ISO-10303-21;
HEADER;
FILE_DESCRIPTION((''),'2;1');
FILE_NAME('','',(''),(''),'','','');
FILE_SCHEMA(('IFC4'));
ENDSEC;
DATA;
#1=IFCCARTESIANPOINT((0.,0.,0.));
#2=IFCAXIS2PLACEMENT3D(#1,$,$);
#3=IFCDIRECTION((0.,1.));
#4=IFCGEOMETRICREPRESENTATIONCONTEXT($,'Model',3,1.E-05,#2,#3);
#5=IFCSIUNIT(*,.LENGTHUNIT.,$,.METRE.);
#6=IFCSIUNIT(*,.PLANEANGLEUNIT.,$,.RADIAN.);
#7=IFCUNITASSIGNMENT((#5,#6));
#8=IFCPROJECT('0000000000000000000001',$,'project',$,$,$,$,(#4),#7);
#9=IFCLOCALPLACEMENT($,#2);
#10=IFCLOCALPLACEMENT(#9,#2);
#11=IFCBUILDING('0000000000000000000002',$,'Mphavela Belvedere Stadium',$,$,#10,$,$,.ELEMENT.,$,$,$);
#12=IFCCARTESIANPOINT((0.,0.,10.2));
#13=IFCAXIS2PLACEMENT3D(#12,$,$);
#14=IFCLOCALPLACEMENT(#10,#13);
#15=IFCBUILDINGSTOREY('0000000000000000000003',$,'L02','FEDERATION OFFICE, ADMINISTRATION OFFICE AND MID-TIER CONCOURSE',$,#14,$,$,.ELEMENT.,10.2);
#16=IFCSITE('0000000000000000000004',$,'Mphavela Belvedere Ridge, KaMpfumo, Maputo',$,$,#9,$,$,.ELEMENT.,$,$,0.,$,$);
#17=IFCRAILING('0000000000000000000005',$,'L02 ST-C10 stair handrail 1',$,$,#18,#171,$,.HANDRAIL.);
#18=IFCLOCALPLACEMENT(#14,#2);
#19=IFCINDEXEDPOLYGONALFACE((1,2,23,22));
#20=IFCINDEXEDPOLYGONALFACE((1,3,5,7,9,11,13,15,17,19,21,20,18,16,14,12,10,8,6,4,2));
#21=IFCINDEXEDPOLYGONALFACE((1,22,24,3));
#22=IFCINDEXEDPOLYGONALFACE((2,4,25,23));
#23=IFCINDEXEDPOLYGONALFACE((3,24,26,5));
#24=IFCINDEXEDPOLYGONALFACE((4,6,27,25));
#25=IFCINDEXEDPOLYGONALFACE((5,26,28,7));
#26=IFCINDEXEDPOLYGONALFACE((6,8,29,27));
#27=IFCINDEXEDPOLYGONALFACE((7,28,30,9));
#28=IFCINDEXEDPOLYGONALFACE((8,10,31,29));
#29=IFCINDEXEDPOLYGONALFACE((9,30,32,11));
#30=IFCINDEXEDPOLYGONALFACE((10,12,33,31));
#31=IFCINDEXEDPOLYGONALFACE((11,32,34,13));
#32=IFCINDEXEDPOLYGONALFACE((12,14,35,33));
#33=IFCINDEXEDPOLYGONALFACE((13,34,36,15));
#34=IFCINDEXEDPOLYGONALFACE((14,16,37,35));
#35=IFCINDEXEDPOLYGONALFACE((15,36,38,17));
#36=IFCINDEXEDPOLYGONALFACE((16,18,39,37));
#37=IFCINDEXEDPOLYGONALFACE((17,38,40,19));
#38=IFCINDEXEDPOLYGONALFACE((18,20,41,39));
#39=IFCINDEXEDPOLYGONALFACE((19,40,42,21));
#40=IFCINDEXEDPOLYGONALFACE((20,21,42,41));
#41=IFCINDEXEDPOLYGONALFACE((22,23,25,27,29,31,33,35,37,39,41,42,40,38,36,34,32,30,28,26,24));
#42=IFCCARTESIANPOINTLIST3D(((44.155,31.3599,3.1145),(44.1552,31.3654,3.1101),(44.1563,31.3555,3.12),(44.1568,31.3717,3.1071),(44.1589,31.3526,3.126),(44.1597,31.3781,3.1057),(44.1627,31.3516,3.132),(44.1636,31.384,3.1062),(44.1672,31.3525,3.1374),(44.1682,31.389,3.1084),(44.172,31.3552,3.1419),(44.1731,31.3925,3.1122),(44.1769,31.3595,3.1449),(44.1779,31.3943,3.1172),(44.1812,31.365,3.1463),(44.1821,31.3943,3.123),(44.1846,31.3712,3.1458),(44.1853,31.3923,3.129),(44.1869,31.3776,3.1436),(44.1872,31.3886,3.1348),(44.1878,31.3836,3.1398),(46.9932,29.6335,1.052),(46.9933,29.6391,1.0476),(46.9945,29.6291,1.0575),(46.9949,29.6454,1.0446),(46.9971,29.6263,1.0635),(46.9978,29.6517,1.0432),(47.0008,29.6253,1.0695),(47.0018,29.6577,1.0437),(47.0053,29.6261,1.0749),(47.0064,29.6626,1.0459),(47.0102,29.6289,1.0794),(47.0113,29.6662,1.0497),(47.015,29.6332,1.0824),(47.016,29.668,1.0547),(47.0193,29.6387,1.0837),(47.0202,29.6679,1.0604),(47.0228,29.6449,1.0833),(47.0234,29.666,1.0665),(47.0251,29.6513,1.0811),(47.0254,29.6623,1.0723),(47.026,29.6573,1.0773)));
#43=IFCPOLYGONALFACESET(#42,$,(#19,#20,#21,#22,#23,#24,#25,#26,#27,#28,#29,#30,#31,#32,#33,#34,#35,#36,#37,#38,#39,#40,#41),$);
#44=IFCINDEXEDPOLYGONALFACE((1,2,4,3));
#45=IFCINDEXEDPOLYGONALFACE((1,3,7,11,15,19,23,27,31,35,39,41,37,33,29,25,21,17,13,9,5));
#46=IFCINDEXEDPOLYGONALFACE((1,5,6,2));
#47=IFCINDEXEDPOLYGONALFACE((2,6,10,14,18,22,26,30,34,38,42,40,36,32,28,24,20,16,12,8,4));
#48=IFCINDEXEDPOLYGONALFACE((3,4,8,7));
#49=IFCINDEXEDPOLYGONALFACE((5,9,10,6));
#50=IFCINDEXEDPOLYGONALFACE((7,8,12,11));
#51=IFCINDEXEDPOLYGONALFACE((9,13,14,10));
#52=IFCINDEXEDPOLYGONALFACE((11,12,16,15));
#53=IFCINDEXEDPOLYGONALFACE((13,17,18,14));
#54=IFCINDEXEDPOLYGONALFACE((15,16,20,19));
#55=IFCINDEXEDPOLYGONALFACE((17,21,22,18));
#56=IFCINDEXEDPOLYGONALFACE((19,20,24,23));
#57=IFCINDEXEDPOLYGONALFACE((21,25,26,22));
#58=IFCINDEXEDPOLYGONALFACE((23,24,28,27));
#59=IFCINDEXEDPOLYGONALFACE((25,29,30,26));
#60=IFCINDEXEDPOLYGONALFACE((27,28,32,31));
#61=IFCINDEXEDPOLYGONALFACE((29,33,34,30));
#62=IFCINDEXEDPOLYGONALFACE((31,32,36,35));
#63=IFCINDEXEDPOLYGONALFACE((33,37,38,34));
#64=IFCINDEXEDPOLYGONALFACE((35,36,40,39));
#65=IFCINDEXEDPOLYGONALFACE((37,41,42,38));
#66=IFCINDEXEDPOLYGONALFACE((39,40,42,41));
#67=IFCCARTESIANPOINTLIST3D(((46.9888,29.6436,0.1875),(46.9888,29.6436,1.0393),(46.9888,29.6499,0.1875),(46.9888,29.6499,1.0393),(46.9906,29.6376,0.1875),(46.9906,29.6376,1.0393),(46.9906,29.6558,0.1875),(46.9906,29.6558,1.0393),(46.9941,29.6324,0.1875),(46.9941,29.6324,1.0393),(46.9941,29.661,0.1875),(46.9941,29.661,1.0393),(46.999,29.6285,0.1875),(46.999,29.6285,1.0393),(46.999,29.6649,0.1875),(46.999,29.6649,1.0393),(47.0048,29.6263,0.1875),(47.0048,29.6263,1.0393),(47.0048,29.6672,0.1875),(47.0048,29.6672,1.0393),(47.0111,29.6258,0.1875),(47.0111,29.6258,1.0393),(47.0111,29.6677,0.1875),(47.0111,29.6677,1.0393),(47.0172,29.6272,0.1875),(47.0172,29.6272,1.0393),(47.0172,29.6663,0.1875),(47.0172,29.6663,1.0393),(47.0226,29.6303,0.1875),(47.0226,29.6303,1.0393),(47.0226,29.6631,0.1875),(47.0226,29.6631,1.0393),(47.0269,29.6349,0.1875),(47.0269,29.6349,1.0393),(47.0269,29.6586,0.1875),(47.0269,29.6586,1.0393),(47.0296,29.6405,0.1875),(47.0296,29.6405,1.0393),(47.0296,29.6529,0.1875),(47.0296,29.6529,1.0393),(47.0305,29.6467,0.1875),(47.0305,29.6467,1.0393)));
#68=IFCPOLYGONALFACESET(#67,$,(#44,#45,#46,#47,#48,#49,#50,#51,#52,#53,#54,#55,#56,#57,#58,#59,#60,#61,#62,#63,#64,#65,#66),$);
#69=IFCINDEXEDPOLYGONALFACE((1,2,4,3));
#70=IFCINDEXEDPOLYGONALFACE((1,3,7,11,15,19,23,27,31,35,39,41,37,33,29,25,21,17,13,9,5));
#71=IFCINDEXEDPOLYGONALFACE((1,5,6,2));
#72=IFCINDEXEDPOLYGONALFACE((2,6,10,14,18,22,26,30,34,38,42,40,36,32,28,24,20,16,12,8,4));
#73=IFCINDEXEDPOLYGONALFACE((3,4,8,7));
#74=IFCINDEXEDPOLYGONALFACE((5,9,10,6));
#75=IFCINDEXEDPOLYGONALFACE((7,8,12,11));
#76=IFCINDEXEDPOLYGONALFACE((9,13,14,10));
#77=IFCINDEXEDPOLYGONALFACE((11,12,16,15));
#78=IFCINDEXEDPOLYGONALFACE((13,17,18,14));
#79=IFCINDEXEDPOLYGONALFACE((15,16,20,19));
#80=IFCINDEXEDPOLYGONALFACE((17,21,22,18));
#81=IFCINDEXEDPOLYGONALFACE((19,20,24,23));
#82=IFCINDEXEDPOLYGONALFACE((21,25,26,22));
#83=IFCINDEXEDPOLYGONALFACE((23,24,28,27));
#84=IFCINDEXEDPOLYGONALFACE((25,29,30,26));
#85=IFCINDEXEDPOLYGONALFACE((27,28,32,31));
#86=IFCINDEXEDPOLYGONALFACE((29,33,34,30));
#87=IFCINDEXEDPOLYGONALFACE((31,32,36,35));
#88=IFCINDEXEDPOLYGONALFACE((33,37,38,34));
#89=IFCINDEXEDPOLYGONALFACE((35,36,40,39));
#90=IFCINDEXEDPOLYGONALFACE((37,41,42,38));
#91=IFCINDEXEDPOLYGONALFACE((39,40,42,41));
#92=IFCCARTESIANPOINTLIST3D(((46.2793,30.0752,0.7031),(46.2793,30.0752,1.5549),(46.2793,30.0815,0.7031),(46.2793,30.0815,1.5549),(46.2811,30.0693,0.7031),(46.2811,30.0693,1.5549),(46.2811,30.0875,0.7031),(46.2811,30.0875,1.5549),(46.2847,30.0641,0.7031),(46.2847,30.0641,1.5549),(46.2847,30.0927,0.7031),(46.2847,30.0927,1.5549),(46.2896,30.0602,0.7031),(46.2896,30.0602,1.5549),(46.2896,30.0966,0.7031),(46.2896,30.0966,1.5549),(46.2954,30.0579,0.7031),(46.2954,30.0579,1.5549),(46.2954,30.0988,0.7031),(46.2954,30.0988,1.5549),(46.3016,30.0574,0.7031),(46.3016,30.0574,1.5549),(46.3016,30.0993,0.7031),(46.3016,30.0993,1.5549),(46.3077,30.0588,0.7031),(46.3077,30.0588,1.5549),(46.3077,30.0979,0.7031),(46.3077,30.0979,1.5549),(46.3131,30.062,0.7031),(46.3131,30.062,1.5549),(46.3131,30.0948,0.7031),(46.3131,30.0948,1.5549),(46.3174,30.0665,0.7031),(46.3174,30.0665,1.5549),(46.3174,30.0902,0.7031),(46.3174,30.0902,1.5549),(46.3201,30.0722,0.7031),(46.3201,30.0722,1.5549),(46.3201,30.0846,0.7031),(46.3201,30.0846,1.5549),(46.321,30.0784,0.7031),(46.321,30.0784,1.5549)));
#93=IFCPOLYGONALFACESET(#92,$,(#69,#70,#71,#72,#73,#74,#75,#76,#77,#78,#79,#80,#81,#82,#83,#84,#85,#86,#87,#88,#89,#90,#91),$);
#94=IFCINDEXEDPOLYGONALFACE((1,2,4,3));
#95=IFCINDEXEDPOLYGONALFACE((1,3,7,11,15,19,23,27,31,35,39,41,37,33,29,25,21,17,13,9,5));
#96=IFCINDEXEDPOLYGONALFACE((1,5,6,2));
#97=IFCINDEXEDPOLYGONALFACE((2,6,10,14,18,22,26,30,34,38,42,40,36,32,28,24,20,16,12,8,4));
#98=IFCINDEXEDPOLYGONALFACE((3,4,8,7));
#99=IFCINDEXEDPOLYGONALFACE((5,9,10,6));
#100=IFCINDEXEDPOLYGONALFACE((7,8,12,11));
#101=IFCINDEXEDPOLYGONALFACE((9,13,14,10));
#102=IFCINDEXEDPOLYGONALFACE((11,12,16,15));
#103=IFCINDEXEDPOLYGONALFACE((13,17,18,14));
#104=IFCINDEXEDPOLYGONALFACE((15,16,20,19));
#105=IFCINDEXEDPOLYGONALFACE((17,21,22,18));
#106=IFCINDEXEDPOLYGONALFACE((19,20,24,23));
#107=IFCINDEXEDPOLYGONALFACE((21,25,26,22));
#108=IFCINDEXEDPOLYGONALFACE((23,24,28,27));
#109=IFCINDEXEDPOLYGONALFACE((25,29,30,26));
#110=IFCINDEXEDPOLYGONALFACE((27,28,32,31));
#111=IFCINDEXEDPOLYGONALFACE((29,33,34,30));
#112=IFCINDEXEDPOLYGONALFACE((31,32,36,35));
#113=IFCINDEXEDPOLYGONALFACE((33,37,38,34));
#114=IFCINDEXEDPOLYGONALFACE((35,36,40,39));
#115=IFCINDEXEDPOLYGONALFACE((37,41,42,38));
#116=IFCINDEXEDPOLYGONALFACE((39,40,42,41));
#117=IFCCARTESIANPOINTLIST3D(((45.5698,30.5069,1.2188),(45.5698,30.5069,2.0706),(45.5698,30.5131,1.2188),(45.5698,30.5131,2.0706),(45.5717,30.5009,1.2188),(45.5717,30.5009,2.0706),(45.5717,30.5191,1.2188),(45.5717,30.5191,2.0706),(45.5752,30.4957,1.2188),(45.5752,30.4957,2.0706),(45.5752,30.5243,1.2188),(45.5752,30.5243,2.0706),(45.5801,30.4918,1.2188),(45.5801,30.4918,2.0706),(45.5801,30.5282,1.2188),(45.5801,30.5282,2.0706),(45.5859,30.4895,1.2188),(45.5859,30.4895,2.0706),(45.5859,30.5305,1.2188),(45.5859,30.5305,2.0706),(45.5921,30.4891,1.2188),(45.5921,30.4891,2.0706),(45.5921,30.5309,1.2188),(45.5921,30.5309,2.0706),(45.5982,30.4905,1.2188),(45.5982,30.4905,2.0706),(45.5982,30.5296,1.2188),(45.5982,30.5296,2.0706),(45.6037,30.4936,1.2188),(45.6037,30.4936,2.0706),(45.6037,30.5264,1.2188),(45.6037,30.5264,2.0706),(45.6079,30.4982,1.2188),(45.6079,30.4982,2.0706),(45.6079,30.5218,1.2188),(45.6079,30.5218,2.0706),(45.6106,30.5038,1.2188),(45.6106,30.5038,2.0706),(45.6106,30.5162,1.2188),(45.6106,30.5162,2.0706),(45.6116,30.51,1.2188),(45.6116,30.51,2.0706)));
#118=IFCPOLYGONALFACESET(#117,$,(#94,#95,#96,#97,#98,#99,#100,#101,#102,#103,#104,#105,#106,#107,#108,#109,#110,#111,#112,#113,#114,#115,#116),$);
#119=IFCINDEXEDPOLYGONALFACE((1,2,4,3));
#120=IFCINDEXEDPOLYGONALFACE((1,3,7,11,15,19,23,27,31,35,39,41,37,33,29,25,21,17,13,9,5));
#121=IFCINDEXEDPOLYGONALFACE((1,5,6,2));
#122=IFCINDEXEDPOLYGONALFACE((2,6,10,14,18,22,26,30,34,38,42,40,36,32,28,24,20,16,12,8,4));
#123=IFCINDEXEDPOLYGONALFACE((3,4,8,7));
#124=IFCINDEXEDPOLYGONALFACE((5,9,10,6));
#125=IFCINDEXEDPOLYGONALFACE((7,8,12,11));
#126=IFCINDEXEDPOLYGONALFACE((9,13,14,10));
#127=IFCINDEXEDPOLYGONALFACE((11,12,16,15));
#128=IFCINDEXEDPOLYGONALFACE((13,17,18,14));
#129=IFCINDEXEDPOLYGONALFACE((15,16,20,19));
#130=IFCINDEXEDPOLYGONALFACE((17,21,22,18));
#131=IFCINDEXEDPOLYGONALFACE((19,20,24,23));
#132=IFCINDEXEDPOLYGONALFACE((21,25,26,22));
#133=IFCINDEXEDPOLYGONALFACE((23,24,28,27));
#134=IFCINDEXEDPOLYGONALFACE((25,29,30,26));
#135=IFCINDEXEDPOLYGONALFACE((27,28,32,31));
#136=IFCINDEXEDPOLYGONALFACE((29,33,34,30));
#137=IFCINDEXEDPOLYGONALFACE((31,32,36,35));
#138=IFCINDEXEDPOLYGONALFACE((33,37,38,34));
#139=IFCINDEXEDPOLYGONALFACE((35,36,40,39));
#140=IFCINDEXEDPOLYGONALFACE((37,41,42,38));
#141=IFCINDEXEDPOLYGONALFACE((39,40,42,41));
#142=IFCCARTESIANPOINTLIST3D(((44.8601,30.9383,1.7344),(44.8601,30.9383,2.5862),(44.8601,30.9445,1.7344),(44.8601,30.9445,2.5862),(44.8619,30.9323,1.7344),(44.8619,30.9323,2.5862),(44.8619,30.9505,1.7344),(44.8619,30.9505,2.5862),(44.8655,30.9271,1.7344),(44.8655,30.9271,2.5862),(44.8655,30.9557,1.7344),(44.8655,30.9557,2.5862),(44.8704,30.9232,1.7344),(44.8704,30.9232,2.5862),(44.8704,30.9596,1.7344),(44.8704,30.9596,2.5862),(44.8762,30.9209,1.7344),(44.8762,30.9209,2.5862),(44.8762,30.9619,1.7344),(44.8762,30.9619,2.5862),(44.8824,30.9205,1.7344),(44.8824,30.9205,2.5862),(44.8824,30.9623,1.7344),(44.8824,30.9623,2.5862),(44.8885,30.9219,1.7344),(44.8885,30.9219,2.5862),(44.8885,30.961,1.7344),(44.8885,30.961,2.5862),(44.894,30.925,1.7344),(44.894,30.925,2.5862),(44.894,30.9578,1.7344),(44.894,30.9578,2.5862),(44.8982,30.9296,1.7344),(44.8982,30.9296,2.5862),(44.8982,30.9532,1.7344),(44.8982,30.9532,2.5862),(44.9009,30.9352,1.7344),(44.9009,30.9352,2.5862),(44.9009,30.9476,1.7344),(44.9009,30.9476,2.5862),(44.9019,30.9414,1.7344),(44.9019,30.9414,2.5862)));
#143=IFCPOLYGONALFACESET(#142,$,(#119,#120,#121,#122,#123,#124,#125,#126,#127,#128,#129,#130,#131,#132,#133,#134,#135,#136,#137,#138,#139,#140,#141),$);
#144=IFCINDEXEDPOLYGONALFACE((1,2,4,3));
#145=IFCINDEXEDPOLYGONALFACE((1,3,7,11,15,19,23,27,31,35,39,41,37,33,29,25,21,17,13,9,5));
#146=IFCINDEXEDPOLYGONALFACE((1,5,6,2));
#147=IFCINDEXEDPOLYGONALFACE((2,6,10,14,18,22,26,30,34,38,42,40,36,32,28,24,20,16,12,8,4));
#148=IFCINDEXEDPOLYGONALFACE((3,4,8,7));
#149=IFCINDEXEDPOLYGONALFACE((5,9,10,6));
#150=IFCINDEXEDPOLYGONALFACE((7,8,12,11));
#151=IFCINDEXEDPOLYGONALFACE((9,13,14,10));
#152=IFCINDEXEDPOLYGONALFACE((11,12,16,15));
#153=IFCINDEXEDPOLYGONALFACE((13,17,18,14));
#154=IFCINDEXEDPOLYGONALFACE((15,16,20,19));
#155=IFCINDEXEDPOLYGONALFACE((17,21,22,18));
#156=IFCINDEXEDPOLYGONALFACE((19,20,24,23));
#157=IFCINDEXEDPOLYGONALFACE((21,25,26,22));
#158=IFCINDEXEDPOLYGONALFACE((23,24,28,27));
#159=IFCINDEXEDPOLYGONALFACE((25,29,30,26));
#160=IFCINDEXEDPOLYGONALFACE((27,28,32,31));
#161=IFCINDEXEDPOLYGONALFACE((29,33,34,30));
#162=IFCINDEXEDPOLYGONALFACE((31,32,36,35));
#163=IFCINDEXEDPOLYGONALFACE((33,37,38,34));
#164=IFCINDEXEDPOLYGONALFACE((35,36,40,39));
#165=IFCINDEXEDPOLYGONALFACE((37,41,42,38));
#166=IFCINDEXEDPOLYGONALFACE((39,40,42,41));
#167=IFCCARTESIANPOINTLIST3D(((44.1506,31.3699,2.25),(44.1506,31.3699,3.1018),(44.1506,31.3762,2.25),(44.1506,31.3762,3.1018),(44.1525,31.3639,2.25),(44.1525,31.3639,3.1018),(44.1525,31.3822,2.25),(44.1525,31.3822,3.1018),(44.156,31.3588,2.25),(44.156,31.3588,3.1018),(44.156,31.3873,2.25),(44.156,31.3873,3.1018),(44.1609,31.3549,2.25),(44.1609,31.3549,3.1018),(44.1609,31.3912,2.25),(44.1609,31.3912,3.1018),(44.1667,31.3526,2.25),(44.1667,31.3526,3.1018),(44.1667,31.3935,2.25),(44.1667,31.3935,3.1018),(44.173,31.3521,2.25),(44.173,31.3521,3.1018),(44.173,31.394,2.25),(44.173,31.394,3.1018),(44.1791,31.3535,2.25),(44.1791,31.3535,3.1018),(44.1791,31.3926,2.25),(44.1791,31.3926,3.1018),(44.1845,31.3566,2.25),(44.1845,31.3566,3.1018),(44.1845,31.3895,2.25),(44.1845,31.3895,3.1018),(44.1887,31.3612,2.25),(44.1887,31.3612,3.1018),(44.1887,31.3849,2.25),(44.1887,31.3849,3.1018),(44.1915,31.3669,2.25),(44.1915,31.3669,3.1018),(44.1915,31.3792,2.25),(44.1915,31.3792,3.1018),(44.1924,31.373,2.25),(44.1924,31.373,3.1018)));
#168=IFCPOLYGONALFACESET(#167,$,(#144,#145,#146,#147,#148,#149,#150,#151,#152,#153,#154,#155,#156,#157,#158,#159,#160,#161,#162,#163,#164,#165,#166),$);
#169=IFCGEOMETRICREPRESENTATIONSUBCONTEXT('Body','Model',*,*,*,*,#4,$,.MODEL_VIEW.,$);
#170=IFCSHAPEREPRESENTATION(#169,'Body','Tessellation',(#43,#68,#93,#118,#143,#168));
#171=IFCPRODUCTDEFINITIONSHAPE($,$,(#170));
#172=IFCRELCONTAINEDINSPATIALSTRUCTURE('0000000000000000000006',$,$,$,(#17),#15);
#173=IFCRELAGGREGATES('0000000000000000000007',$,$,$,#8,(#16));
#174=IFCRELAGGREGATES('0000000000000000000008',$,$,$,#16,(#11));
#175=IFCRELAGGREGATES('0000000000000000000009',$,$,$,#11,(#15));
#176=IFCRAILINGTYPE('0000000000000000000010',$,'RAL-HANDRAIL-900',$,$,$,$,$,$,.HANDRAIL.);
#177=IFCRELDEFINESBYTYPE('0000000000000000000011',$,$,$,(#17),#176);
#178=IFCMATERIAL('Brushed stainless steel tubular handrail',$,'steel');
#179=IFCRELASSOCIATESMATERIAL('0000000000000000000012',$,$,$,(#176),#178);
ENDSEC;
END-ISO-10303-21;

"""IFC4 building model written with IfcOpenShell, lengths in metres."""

from ifc_helpers import new_model, si_unit, direction, frame, origin, origin_2d, place, context, subcontext, project, spatial, circle, extrude, material, type_object, element, save


model = new_model("IFC4")

# Units and contexts
model_context = context("Model", 3, precision=1e-05, world=origin(), true_north=direction((0.0, 1.0)))
body_context = subcontext(model_context, "Body", "Model", "MODEL_VIEW")
ifc_project = project(units=[si_unit("LENGTHUNIT", "METRE"), si_unit("PLANEANGLEUNIT", "RADIAN")], contexts=[model_context])

# Site, building, storey
site_placement = place(None, origin())
site = spatial("IfcSite", under=ifc_project, at=site_placement, Name="Mphavela Belvedere Ridge, KaMpfumo, Maputo", CompositionType="ELEMENT", RefElevation=0.0)
building_placement = place(site_placement, origin())
building = spatial("IfcBuilding", under=site, at=building_placement, Name="Mphavela Belvedere Stadium", CompositionType="ELEMENT")
storey_placement = place(building_placement, frame((0.0, 0.0, 10.2)))
storey = spatial("IfcBuildingStorey", under=building, at=storey_placement, Name="L02", Description="FEDERATION OFFICE, ADMINISTRATION OFFICE AND MID-TIER CONCOURSE", CompositionType="ELEMENT", Elevation=10.2)

# Railing
ifc_material_1 = material(Name="Brushed stainless steel tubular handrail", Category="steel")
railing_type_1 = type_object("IfcRailingType", Name="RAL-HANDRAIL-900", PredefinedType="HANDRAIL", material=ifc_material_1)
railing_1_placement = place(storey_placement, frame((47.0095, 29.6467, 0.1875)))
element("IfcRailing", 1, at=railing_1_placement, inside=storey, type_object=railing_type_1, Name="L02 ST-C10 stair handrail 1", PredefinedType="HANDRAIL", context=body_context, shape_type="SweptSolid", body=[
    extrude(circle(Radius=0.0239, at=origin_2d()), frame((0.0, 0.0, 0.876), z_axis=(-0.725842, 0.441499, 0.527477), x_axis=(-0.519674, -0.854365, 0.0)), (0.0, 0.0, 1.0), 3.9102),
    extrude(circle(Radius=0.021, at=origin_2d()), origin(), (0.0, 0.0, 1.0), 0.8518),
    extrude(circle(Radius=0.021, at=origin_2d()), frame((-0.7095, 0.4316, 0.5156)), (0.0, 0.0, 1.0), 0.8518),
    extrude(circle(Radius=0.021, at=origin_2d()), frame((-1.4189, 0.8633, 1.0312)), (0.0, 0.0, 1.0), 0.8518),
    extrude(circle(Radius=0.021, at=origin_2d()), frame((-2.1287, 1.2947, 1.5469)), (0.0, 0.0, 1.0), 0.8518),
    extrude(circle(Radius=0.021, at=origin_2d()), frame((-2.8381, 1.7263, 2.0625)), (0.0, 0.0, 1.0), 0.8518),
])

save(model, "model.ifc")
